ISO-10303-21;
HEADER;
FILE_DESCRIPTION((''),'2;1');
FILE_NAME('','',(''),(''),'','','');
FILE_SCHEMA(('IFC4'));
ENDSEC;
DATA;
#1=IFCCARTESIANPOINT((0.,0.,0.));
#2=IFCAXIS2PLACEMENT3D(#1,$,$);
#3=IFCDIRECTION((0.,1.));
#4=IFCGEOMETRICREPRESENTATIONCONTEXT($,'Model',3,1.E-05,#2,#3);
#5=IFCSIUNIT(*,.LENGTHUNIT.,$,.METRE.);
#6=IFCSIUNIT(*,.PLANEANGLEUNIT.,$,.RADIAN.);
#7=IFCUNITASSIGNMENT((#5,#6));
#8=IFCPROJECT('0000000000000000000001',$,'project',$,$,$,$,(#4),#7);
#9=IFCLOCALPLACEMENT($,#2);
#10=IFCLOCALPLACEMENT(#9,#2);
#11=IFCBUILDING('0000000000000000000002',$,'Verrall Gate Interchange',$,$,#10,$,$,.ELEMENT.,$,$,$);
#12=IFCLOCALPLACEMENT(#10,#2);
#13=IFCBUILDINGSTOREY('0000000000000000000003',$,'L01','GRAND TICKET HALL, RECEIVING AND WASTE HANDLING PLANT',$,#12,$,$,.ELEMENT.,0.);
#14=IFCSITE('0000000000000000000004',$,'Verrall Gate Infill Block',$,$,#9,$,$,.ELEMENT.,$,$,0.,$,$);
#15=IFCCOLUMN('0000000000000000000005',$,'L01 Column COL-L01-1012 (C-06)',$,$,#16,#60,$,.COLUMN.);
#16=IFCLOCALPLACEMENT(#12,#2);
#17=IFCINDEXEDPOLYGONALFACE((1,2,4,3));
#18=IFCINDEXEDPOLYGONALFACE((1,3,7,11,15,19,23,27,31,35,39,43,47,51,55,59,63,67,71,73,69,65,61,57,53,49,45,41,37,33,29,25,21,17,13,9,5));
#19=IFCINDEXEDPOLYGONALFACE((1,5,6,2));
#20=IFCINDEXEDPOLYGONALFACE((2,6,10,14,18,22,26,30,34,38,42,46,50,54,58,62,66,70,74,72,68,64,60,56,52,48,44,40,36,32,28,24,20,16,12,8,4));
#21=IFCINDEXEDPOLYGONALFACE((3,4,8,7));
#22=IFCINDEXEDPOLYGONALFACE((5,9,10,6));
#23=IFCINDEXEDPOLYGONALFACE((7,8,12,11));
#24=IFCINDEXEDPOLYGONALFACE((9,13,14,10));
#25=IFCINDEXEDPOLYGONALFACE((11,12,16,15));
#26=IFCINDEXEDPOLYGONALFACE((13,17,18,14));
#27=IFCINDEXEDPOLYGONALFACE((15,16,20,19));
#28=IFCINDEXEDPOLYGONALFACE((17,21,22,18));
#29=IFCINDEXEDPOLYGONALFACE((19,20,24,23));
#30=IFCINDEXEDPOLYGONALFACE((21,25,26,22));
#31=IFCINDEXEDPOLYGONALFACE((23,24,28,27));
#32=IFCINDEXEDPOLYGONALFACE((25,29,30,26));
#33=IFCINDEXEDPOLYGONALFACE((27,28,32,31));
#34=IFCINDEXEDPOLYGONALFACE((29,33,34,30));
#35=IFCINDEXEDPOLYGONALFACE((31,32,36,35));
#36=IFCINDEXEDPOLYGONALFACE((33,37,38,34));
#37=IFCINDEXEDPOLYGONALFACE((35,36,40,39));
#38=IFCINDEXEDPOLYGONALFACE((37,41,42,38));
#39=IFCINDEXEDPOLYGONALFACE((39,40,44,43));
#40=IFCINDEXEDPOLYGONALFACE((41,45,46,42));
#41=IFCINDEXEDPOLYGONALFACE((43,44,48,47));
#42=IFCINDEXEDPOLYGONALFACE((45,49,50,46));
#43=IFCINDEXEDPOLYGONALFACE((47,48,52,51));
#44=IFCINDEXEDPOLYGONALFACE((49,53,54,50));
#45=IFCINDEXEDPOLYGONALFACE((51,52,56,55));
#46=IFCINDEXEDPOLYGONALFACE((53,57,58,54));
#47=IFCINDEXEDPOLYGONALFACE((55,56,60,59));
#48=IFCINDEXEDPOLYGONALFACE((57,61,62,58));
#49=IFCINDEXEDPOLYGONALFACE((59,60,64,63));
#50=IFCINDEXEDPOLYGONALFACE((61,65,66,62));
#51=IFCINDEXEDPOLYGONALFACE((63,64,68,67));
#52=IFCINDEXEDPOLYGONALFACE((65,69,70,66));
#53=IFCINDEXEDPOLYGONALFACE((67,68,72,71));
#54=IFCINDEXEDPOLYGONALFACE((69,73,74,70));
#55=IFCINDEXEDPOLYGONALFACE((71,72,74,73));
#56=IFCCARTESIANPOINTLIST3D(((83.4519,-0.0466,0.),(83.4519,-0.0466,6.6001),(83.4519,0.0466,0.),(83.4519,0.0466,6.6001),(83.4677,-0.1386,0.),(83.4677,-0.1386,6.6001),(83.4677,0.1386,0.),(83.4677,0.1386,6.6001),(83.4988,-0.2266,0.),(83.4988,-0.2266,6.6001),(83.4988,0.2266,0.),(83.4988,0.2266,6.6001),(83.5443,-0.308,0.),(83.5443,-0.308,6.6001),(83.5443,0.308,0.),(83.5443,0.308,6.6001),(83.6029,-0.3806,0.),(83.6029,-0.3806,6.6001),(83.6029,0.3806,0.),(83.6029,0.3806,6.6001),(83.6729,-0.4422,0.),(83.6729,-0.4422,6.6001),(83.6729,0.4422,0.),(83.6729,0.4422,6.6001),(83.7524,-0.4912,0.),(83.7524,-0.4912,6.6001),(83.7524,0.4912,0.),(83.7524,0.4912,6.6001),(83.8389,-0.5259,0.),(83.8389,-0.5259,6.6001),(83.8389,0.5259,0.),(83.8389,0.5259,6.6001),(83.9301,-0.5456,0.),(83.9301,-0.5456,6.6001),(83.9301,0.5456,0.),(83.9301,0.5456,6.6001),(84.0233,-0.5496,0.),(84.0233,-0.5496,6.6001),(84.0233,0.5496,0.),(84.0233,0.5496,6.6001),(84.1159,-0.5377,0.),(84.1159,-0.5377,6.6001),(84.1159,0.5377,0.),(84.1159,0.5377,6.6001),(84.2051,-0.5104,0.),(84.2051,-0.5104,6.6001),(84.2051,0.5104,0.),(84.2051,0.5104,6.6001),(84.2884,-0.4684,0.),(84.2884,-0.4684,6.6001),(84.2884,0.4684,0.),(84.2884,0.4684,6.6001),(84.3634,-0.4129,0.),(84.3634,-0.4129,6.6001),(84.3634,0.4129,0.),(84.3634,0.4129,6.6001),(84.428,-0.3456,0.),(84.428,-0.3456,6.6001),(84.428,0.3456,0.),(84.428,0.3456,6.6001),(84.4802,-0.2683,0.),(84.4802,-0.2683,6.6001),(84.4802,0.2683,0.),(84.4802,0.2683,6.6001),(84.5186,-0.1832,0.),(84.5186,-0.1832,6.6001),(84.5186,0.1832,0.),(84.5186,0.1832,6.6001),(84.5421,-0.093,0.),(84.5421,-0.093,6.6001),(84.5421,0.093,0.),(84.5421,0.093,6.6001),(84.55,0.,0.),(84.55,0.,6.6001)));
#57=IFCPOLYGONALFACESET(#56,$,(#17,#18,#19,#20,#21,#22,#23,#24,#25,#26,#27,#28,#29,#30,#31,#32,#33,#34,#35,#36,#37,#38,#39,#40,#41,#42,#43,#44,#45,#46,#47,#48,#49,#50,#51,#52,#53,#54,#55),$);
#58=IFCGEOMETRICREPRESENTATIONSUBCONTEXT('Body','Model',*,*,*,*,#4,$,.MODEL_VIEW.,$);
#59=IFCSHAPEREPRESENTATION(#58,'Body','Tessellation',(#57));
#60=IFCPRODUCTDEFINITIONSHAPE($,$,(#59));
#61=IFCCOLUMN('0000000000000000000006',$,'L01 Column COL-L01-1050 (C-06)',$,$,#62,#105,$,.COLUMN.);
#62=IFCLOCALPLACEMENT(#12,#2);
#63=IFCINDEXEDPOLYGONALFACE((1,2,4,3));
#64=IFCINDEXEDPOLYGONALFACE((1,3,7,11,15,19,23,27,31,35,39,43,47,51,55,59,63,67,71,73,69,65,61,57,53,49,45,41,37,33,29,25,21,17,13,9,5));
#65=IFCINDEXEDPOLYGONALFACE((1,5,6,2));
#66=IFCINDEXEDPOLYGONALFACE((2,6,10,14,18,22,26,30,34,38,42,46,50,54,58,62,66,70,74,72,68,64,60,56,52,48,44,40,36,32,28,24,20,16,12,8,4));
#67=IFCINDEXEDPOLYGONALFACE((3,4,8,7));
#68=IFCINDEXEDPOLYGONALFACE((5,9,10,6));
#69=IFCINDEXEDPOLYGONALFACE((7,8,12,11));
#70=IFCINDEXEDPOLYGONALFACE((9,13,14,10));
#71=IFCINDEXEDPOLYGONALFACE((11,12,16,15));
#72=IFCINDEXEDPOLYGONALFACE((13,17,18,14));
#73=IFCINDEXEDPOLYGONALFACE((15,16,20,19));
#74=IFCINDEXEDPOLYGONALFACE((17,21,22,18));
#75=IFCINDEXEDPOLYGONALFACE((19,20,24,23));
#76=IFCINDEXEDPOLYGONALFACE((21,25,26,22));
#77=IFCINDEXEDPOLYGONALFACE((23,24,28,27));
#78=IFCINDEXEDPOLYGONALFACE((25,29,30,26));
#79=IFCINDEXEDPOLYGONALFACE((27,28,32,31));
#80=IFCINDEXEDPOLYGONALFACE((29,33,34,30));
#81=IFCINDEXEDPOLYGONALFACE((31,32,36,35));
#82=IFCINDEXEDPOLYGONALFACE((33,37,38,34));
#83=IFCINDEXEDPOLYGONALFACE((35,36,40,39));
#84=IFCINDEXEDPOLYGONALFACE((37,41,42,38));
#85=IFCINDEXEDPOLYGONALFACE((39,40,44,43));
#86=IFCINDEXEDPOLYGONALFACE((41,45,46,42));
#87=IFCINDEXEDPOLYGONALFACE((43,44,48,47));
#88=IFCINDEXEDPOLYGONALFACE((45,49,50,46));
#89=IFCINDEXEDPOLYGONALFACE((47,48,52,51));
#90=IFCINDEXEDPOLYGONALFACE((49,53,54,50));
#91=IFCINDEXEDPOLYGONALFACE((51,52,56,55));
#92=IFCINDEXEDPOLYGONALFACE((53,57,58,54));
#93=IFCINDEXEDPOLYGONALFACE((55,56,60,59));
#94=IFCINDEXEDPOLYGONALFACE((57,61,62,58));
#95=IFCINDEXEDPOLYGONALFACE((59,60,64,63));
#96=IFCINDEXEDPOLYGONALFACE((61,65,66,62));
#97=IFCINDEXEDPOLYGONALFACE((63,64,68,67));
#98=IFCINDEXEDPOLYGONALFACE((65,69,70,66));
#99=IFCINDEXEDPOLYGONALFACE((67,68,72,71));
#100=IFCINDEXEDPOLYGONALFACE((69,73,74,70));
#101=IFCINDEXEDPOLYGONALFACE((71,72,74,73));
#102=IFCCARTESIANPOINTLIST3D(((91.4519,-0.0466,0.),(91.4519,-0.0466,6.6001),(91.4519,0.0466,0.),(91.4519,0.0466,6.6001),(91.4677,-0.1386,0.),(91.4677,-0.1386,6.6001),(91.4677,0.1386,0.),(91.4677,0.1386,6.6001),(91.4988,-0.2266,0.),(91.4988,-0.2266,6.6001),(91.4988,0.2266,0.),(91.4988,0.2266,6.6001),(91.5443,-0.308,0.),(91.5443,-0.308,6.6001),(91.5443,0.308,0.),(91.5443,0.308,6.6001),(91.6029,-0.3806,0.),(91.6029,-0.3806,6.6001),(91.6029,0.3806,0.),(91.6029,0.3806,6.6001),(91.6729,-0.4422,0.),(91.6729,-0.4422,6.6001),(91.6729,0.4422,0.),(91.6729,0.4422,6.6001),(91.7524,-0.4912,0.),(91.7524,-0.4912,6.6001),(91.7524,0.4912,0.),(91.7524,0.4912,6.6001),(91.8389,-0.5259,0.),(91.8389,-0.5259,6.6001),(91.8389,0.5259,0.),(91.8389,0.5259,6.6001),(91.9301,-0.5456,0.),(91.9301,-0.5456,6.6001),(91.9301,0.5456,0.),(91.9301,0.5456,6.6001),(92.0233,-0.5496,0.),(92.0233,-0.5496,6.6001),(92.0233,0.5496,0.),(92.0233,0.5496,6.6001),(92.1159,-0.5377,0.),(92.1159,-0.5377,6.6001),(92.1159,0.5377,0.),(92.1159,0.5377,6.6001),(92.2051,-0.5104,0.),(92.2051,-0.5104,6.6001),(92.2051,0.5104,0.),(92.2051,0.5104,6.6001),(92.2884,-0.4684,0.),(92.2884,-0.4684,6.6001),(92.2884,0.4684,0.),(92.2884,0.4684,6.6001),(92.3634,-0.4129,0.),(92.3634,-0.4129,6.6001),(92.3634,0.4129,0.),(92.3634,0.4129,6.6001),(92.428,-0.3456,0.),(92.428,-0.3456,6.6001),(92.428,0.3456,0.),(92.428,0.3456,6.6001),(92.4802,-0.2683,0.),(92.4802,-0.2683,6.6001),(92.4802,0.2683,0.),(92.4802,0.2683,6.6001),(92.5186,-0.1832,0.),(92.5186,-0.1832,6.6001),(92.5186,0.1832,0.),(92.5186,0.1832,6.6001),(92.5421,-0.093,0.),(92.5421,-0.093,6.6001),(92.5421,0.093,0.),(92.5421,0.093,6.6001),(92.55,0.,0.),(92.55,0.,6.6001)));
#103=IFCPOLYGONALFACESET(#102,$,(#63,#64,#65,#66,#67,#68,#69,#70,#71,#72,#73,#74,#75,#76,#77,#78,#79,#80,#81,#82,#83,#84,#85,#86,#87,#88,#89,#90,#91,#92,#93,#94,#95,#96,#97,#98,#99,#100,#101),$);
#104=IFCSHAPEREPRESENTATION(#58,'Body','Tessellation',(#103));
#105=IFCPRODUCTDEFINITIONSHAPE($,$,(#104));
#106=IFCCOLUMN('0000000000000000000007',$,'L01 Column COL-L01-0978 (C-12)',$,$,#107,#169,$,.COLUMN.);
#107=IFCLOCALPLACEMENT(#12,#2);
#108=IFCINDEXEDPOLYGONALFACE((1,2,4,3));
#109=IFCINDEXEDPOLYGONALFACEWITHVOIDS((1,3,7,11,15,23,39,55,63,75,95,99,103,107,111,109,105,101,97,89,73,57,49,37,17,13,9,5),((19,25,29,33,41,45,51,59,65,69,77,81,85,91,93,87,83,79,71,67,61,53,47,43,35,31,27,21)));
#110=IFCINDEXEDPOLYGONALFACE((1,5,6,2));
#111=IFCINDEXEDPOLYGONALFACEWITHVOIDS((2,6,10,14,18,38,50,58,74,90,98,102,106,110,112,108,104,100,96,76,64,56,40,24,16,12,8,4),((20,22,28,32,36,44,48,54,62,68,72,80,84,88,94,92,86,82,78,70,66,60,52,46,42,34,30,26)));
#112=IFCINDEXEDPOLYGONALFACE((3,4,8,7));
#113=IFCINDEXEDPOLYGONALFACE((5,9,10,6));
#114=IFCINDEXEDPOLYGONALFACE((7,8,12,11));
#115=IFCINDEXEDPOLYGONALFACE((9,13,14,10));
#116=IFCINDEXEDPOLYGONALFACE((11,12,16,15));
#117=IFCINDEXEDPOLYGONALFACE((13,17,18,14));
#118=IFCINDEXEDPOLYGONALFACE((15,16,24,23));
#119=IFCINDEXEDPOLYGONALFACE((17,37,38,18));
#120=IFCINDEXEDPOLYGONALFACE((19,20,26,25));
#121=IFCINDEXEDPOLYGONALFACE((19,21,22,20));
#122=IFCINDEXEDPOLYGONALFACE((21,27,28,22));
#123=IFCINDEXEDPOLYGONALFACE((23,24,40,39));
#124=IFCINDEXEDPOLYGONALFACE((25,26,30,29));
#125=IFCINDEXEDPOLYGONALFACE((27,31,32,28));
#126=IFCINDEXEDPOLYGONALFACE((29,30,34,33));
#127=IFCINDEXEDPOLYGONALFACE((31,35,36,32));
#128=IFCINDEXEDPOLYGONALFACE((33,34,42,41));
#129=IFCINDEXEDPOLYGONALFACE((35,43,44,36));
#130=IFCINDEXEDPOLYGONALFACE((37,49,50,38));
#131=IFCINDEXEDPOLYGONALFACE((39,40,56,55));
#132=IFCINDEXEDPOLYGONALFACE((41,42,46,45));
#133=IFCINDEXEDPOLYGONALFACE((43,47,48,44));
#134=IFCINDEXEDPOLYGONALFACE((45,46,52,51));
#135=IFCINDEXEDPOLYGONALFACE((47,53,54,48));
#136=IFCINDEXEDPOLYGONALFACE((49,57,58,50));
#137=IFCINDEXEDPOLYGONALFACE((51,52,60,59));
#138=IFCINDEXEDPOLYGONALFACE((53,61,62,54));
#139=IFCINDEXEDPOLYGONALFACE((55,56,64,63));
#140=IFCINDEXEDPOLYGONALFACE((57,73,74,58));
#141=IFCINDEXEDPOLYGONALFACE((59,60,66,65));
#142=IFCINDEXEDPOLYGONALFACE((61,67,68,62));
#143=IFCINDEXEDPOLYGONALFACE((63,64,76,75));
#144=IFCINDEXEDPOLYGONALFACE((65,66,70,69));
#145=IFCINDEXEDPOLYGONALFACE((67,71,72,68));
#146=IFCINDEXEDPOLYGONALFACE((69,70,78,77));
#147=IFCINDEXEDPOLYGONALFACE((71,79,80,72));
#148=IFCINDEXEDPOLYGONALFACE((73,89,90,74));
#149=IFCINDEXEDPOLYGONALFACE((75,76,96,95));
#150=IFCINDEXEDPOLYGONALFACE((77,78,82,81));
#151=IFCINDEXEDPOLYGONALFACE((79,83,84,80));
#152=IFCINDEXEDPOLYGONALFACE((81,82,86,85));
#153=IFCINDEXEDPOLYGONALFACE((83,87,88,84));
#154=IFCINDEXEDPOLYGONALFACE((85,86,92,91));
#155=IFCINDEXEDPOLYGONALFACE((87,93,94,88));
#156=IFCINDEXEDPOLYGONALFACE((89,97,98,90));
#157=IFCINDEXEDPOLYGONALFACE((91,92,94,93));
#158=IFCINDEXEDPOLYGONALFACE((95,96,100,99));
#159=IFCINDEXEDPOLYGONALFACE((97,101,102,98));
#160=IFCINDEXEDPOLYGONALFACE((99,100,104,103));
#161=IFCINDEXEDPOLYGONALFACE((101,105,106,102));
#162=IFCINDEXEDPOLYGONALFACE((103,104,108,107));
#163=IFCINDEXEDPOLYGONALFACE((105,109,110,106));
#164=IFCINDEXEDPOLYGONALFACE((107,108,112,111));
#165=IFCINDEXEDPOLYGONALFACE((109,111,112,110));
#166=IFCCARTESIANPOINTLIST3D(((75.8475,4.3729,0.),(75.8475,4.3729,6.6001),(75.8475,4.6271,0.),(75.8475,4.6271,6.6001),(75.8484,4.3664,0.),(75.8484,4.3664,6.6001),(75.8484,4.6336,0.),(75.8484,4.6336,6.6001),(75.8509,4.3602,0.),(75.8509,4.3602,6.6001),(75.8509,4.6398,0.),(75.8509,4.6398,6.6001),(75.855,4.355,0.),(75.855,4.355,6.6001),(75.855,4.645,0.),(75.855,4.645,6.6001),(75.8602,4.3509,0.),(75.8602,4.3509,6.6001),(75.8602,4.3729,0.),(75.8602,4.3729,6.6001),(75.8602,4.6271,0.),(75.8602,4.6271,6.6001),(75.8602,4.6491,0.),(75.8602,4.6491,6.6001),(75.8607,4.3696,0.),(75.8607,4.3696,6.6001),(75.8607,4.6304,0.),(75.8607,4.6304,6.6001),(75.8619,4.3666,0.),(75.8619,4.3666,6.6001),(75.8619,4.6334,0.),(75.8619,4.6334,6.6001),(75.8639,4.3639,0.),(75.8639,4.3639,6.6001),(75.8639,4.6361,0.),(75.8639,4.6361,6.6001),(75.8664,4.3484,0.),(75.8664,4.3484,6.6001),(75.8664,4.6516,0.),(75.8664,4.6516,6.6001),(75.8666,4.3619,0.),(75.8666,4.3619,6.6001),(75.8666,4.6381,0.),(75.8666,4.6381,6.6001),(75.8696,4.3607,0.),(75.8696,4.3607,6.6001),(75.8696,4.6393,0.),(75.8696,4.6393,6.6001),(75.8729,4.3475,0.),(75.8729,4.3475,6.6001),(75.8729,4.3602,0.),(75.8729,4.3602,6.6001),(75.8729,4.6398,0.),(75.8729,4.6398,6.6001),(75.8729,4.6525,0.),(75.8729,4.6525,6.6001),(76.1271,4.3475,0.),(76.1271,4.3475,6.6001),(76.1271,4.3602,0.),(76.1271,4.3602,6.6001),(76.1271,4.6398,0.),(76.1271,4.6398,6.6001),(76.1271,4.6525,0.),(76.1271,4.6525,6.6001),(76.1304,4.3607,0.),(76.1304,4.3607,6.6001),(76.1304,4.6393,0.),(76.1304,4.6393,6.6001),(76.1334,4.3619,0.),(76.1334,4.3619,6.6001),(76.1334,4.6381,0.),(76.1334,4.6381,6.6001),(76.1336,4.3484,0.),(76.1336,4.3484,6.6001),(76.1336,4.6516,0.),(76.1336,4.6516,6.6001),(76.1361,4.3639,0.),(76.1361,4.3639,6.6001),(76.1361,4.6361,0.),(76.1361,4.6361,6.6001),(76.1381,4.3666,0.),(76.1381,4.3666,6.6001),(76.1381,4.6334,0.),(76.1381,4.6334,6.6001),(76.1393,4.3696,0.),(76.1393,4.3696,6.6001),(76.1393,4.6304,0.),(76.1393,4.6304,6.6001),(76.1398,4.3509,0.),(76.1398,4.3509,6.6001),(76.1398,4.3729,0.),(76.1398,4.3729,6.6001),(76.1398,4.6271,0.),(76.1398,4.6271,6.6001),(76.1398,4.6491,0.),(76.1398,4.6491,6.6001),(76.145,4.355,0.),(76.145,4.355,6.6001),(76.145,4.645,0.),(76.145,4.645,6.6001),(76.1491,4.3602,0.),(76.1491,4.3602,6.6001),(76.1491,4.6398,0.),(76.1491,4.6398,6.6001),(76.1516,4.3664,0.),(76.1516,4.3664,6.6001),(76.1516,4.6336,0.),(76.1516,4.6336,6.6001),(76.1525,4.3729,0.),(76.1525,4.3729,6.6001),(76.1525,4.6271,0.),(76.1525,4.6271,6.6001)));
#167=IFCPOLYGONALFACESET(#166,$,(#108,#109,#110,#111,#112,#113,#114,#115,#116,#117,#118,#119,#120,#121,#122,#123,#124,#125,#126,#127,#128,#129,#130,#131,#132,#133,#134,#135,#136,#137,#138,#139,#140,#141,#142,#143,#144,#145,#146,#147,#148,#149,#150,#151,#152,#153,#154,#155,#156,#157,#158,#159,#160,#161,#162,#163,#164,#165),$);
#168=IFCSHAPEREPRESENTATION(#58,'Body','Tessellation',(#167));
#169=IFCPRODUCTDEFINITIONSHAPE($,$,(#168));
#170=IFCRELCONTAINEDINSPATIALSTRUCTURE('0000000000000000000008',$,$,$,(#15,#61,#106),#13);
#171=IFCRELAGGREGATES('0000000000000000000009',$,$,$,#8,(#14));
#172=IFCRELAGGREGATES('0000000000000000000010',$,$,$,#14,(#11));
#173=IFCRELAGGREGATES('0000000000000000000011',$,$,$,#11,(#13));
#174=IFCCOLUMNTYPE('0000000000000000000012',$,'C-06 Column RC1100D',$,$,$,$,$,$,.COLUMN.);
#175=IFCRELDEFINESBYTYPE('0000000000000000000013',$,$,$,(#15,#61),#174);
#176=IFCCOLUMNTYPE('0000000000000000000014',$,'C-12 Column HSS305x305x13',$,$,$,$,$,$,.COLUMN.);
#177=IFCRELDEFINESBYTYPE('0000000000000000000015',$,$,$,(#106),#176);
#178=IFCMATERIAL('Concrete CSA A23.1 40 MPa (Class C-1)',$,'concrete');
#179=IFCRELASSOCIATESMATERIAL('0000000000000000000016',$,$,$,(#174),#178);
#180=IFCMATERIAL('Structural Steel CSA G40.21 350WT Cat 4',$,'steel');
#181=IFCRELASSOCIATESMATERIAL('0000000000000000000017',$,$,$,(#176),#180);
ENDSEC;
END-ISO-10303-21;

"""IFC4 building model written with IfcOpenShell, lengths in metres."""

from ifc_helpers import new_model, si_unit, direction, frame, origin, origin_2d, place, context, subcontext, project, spatial, hollow_rectangle, circle, extrude, material, material_profile, profile_set, type_object, element, save


model = new_model("IFC4")

# Units and contexts
model_context = context("Model", 3, precision=1e-05, world=origin(), true_north=direction((0.0, 1.0)))
body_context = subcontext(model_context, "Body", "Model", "MODEL_VIEW")
ifc_project = project(units=[si_unit("LENGTHUNIT", "METRE"), si_unit("PLANEANGLEUNIT", "RADIAN")], contexts=[model_context])

# Site, building, storey
site_placement = place(None, origin())
site = spatial("IfcSite", under=ifc_project, at=site_placement, Name="Verrall Gate Infill Block", CompositionType="ELEMENT", RefElevation=0.0)
building_placement = place(site_placement, origin())
building = spatial("IfcBuilding", under=site, at=building_placement, Name="Verrall Gate Interchange", CompositionType="ELEMENT")
storey_placement = place(building_placement, origin())
storey = spatial("IfcBuildingStorey", under=building, at=storey_placement, Name="L01", Description="GRAND TICKET HALL, RECEIVING AND WASTE HANDLING PLANT", CompositionType="ELEMENT", Elevation=0.0)

# Columns
ifc_material_1 = material(Name="Concrete CSA A23.1 40 MPa (Class C-1)", Category="concrete")
ifc_material_profile_1 = material_profile(ifc_material_1, circle(Radius=0.55, at=origin_2d()), Name="RC1100D")
ifc_profile_set_1 = profile_set([ifc_material_profile_1], Name="Concrete CSA A23.1 40 MPa (Class C-1)")
column_type_1 = type_object("IfcColumnType", Name="C-06 Column RC1100D", PredefinedType="COLUMN", material=ifc_profile_set_1)
for number, where, z_axis, x_axis, name in (
    (1, (84.0, 0.0, 0.0), (0.0, 0.0, 1.0), (1.0, 0.0, 0.0), "L01 Column COL-L01-1012 (C-06)"),
    (2, (92.0, 0.0, 0.0), (0.0, 0.0, 1.0), (1.0, 0.0, 0.0), "L01 Column COL-L01-1050 (C-06)"),
):
    element("IfcColumn", number, at=place(storey_placement, frame(where, z_axis=z_axis, x_axis=x_axis)), inside=storey, type_object=column_type_1, Name=name, PredefinedType="COLUMN", context=body_context, shape_type="SweptSolid", body=[
        extrude(circle(Radius=0.55, at=origin_2d()), origin(), (0.0, 0.0, 1.0), 6.6001),
    ])
ifc_material_2 = material(Name="Structural Steel CSA G40.21 350WT Cat 4", Category="steel")
ifc_material_profile_2 = material_profile(ifc_material_2, hollow_rectangle(XDim=0.3049, YDim=0.3049, WallThickness=0.0127, InnerFilletRadius=0.0127, OuterFilletRadius=0.0254, at=origin_2d()), Name="HSS305x305x13")
ifc_profile_set_2 = profile_set([ifc_material_profile_2], Name="Structural Steel CSA G40.21 350WT Cat 4")
column_type_2 = type_object("IfcColumnType", Name="C-12 Column HSS305x305x13", PredefinedType="COLUMN", material=ifc_profile_set_2)
for number, where, z_axis, x_axis, name in (
    (3, (76.0, 4.5, 0.0), (0.0, 0.0, 1.0), (1.0, 0.0, 0.0), "L01 Column COL-L01-0978 (C-12)"),
):
    element("IfcColumn", number, at=place(storey_placement, frame(where, z_axis=z_axis, x_axis=x_axis)), inside=storey, type_object=column_type_2, Name=name, PredefinedType="COLUMN", context=body_context, shape_type="SweptSolid", body=[
        extrude(hollow_rectangle(XDim=0.3049, YDim=0.3049, WallThickness=0.0127, InnerFilletRadius=0.0127, OuterFilletRadius=0.0254, at=origin_2d()), origin(), (0.0, 0.0, 1.0), 6.6001),
    ])

save(model, "model.ifc")
